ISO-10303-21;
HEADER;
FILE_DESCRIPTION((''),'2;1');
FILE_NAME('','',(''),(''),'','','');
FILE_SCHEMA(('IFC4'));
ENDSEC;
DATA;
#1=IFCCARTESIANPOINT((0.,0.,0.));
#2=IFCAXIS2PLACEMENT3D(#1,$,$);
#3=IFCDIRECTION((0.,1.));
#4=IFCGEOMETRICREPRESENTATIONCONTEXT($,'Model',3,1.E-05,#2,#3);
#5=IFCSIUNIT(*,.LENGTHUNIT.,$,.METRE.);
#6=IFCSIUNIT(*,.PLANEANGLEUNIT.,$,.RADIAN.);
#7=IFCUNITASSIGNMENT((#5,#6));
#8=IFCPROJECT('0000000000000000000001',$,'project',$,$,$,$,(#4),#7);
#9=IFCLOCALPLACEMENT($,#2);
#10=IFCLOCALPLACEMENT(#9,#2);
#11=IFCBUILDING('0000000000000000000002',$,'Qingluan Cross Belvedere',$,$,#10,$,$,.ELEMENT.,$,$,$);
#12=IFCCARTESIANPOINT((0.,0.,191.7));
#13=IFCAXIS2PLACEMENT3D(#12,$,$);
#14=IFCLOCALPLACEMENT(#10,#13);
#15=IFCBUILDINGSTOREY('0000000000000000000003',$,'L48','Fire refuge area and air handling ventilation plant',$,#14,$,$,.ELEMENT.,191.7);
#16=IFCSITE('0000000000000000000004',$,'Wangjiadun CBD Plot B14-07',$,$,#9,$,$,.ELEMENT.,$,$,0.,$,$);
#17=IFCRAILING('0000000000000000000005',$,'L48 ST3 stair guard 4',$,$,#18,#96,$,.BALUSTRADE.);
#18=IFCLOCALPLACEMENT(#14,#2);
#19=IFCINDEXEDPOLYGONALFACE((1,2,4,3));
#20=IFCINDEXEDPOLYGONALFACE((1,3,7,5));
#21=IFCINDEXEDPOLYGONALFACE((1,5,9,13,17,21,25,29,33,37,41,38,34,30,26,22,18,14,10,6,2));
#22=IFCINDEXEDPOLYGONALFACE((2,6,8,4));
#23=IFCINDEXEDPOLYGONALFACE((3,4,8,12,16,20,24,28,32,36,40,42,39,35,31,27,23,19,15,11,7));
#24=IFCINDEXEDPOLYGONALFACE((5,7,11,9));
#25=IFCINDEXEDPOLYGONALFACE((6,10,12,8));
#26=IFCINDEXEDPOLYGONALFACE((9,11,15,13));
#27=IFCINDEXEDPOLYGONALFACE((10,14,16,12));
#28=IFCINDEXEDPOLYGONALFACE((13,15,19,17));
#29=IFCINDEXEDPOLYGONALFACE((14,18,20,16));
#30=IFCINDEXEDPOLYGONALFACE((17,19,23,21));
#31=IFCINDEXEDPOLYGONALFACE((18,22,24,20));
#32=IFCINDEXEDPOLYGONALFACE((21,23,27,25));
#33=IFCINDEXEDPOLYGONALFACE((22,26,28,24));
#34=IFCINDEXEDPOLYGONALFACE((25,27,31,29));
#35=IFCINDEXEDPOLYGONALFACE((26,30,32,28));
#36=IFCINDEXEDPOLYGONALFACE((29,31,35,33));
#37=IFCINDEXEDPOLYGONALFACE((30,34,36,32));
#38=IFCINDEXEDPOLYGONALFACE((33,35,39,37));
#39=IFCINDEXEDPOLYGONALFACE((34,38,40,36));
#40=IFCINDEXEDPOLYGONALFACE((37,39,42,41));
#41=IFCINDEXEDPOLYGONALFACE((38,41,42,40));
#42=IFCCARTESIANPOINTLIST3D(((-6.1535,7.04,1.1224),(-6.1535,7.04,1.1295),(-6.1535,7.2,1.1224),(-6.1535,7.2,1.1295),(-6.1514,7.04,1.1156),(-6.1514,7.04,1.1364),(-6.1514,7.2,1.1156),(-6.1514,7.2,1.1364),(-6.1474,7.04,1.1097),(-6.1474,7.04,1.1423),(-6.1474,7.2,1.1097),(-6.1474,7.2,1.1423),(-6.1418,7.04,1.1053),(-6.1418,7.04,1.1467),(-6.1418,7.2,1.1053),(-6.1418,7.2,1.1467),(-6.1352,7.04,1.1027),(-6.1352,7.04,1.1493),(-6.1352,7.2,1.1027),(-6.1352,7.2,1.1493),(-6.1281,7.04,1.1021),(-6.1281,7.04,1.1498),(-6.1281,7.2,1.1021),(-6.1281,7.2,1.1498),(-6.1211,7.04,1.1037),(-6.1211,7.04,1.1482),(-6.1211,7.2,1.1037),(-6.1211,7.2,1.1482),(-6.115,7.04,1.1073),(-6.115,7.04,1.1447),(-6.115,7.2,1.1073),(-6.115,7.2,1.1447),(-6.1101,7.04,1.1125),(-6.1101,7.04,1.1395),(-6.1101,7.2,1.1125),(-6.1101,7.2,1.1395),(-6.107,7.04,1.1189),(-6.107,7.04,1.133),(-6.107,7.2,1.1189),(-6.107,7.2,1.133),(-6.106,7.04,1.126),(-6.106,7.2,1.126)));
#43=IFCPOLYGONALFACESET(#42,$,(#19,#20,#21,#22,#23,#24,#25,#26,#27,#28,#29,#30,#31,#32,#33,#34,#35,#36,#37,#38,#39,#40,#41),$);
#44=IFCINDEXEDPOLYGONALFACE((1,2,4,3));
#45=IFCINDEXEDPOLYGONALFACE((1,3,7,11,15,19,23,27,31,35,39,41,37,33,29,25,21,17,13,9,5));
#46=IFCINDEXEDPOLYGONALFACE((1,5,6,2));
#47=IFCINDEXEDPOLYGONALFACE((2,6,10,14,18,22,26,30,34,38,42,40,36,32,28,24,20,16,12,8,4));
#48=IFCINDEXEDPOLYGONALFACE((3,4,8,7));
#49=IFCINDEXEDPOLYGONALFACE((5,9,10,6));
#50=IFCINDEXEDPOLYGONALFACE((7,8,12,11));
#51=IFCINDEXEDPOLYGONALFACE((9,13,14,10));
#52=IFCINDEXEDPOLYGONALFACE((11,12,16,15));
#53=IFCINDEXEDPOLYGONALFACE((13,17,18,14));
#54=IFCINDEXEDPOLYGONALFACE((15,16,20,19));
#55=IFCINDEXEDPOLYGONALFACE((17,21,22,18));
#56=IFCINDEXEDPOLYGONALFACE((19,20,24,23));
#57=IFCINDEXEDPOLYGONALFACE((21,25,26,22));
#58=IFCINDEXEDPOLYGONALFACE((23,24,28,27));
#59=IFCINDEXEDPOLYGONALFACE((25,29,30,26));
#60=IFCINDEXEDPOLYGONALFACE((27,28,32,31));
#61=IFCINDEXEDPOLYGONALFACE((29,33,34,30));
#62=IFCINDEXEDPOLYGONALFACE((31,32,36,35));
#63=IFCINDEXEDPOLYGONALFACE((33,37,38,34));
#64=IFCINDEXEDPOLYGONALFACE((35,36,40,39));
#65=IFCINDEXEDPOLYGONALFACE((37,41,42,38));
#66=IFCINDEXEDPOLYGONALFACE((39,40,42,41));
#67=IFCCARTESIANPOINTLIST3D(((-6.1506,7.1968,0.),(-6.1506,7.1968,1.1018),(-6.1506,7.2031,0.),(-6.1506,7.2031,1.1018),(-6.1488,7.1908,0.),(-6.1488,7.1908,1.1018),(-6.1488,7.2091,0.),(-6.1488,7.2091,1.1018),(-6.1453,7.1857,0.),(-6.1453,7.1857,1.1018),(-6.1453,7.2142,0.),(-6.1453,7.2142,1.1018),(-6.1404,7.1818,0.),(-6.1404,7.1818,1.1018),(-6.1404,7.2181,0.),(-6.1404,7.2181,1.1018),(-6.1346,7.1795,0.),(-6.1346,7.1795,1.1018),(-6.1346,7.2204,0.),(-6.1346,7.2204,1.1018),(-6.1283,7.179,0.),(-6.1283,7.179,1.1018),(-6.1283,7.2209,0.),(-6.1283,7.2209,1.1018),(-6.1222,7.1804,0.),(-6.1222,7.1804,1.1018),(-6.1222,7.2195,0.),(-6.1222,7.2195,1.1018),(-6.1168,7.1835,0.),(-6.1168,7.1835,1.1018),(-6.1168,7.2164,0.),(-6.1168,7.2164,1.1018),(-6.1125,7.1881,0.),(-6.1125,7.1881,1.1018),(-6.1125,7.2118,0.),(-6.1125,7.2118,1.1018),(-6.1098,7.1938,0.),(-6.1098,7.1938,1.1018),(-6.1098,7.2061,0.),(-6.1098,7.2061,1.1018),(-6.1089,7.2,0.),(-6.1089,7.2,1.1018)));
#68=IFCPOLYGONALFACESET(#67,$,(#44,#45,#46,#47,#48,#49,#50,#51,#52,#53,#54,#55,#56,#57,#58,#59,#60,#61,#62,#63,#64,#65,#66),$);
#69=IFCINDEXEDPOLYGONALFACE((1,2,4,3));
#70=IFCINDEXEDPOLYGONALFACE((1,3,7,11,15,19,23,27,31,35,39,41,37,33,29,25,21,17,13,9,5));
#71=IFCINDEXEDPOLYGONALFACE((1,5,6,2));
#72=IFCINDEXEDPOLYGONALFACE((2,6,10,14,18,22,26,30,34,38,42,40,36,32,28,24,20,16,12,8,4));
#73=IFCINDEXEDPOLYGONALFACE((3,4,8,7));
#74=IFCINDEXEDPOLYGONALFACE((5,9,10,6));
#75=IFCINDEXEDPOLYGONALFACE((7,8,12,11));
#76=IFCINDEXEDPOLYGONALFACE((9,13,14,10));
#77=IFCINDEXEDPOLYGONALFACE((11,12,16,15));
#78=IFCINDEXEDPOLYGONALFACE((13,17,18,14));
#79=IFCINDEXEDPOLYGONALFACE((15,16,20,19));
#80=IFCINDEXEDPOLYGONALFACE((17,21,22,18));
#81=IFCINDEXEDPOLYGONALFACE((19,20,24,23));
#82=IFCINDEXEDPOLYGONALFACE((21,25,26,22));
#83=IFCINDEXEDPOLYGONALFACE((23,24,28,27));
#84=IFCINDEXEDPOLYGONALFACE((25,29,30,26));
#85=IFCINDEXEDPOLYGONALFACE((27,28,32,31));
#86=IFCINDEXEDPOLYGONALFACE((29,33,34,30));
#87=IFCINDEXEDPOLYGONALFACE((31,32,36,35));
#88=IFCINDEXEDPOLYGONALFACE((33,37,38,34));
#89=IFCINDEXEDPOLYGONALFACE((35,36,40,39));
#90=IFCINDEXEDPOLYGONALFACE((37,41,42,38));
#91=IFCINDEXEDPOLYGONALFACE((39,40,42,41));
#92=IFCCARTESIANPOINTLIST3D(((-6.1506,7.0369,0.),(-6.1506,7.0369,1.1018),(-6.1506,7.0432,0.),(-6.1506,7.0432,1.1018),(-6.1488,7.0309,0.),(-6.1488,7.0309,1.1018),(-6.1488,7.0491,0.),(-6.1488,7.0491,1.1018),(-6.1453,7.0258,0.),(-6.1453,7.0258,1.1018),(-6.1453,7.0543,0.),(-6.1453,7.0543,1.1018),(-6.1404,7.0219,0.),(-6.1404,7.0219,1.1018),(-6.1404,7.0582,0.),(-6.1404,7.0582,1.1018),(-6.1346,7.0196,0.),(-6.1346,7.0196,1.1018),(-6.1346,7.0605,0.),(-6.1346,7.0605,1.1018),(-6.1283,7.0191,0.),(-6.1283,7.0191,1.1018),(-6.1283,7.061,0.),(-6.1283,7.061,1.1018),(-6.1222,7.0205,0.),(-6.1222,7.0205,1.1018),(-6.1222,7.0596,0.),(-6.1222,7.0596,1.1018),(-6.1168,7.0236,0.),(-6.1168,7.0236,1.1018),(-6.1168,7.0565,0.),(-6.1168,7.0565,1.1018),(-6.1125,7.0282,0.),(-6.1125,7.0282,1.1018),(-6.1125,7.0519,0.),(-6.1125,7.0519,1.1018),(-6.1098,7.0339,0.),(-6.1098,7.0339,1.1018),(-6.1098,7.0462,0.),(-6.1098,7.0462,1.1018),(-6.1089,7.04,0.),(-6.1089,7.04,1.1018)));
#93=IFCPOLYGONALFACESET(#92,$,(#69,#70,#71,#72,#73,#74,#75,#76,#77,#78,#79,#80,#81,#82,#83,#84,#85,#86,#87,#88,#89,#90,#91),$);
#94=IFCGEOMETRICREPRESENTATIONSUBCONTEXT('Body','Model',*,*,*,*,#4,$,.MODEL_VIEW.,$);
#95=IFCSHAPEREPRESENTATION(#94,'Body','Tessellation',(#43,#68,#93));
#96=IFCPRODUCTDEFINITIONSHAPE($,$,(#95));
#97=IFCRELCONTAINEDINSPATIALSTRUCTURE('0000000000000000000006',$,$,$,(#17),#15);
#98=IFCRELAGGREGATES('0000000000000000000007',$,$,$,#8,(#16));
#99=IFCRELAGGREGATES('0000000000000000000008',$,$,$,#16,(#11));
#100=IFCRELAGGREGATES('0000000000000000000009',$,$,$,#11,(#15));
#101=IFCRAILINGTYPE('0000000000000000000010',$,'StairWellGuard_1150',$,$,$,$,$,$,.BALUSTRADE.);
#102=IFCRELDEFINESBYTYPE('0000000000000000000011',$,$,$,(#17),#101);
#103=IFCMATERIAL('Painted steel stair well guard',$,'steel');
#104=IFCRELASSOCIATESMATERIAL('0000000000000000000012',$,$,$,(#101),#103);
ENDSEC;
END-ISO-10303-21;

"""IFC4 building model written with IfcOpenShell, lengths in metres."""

from ifc_helpers import new_model, si_unit, direction, frame, origin, origin_2d, place, context, subcontext, project, spatial, circle, extrude, material, type_object, element, save


model = new_model("IFC4")

# Units and contexts
model_context = context("Model", 3, precision=1e-05, world=origin(), true_north=direction((0.0, 1.0)))
body_context = subcontext(model_context, "Body", "Model", "MODEL_VIEW")
ifc_project = project(units=[si_unit("LENGTHUNIT", "METRE"), si_unit("PLANEANGLEUNIT", "RADIAN")], contexts=[model_context])

# Site, building, storey
site_placement = place(None, origin())
site = spatial("IfcSite", under=ifc_project, at=site_placement, Name="Wangjiadun CBD Plot B14-07", CompositionType="ELEMENT", RefElevation=0.0)
building_placement = place(site_placement, origin())
building = spatial("IfcBuilding", under=site, at=building_placement, Name="Qingluan Cross Belvedere", CompositionType="ELEMENT")
storey_placement = place(building_placement, frame((0.0, 0.0, 191.7)))
storey = spatial("IfcBuildingStorey", under=building, at=storey_placement, Name="L48", Description="Fire refuge area and air handling ventilation plant", CompositionType="ELEMENT", Elevation=191.7)

# Railing
ifc_material_1 = material(Name="Painted steel stair well guard", Category="steel")
railing_type_1 = type_object("IfcRailingType", Name="StairWellGuard_1150", PredefinedType="BALUSTRADE", material=ifc_material_1)
railing_1_placement = place(storey_placement, frame((-6.1299, 7.2, 0.0)))
element("IfcRailing", 1, at=railing_1_placement, inside=storey, type_object=railing_type_1, Name="L48 ST3 stair guard 4", PredefinedType="BALUSTRADE", context=body_context, shape_type="SweptSolid", body=[
    extrude(circle(Radius=0.0239, at=origin_2d()), frame((0.0, 0.0, 1.126), z_axis=(0.0, -1.0, 0.0), x_axis=(1.0, 0.0, 0.0)), (0.0, 0.0, 1.0), 0.1599),
    extrude(circle(Radius=0.021, at=origin_2d()), origin(), (0.0, 0.0, 1.0), 1.1018),
    extrude(circle(Radius=0.021, at=origin_2d()), frame((0.0, -0.1599, 0.0)), (0.0, 0.0, 1.0), 1.1018),
])

save(model, "model.ifc")
